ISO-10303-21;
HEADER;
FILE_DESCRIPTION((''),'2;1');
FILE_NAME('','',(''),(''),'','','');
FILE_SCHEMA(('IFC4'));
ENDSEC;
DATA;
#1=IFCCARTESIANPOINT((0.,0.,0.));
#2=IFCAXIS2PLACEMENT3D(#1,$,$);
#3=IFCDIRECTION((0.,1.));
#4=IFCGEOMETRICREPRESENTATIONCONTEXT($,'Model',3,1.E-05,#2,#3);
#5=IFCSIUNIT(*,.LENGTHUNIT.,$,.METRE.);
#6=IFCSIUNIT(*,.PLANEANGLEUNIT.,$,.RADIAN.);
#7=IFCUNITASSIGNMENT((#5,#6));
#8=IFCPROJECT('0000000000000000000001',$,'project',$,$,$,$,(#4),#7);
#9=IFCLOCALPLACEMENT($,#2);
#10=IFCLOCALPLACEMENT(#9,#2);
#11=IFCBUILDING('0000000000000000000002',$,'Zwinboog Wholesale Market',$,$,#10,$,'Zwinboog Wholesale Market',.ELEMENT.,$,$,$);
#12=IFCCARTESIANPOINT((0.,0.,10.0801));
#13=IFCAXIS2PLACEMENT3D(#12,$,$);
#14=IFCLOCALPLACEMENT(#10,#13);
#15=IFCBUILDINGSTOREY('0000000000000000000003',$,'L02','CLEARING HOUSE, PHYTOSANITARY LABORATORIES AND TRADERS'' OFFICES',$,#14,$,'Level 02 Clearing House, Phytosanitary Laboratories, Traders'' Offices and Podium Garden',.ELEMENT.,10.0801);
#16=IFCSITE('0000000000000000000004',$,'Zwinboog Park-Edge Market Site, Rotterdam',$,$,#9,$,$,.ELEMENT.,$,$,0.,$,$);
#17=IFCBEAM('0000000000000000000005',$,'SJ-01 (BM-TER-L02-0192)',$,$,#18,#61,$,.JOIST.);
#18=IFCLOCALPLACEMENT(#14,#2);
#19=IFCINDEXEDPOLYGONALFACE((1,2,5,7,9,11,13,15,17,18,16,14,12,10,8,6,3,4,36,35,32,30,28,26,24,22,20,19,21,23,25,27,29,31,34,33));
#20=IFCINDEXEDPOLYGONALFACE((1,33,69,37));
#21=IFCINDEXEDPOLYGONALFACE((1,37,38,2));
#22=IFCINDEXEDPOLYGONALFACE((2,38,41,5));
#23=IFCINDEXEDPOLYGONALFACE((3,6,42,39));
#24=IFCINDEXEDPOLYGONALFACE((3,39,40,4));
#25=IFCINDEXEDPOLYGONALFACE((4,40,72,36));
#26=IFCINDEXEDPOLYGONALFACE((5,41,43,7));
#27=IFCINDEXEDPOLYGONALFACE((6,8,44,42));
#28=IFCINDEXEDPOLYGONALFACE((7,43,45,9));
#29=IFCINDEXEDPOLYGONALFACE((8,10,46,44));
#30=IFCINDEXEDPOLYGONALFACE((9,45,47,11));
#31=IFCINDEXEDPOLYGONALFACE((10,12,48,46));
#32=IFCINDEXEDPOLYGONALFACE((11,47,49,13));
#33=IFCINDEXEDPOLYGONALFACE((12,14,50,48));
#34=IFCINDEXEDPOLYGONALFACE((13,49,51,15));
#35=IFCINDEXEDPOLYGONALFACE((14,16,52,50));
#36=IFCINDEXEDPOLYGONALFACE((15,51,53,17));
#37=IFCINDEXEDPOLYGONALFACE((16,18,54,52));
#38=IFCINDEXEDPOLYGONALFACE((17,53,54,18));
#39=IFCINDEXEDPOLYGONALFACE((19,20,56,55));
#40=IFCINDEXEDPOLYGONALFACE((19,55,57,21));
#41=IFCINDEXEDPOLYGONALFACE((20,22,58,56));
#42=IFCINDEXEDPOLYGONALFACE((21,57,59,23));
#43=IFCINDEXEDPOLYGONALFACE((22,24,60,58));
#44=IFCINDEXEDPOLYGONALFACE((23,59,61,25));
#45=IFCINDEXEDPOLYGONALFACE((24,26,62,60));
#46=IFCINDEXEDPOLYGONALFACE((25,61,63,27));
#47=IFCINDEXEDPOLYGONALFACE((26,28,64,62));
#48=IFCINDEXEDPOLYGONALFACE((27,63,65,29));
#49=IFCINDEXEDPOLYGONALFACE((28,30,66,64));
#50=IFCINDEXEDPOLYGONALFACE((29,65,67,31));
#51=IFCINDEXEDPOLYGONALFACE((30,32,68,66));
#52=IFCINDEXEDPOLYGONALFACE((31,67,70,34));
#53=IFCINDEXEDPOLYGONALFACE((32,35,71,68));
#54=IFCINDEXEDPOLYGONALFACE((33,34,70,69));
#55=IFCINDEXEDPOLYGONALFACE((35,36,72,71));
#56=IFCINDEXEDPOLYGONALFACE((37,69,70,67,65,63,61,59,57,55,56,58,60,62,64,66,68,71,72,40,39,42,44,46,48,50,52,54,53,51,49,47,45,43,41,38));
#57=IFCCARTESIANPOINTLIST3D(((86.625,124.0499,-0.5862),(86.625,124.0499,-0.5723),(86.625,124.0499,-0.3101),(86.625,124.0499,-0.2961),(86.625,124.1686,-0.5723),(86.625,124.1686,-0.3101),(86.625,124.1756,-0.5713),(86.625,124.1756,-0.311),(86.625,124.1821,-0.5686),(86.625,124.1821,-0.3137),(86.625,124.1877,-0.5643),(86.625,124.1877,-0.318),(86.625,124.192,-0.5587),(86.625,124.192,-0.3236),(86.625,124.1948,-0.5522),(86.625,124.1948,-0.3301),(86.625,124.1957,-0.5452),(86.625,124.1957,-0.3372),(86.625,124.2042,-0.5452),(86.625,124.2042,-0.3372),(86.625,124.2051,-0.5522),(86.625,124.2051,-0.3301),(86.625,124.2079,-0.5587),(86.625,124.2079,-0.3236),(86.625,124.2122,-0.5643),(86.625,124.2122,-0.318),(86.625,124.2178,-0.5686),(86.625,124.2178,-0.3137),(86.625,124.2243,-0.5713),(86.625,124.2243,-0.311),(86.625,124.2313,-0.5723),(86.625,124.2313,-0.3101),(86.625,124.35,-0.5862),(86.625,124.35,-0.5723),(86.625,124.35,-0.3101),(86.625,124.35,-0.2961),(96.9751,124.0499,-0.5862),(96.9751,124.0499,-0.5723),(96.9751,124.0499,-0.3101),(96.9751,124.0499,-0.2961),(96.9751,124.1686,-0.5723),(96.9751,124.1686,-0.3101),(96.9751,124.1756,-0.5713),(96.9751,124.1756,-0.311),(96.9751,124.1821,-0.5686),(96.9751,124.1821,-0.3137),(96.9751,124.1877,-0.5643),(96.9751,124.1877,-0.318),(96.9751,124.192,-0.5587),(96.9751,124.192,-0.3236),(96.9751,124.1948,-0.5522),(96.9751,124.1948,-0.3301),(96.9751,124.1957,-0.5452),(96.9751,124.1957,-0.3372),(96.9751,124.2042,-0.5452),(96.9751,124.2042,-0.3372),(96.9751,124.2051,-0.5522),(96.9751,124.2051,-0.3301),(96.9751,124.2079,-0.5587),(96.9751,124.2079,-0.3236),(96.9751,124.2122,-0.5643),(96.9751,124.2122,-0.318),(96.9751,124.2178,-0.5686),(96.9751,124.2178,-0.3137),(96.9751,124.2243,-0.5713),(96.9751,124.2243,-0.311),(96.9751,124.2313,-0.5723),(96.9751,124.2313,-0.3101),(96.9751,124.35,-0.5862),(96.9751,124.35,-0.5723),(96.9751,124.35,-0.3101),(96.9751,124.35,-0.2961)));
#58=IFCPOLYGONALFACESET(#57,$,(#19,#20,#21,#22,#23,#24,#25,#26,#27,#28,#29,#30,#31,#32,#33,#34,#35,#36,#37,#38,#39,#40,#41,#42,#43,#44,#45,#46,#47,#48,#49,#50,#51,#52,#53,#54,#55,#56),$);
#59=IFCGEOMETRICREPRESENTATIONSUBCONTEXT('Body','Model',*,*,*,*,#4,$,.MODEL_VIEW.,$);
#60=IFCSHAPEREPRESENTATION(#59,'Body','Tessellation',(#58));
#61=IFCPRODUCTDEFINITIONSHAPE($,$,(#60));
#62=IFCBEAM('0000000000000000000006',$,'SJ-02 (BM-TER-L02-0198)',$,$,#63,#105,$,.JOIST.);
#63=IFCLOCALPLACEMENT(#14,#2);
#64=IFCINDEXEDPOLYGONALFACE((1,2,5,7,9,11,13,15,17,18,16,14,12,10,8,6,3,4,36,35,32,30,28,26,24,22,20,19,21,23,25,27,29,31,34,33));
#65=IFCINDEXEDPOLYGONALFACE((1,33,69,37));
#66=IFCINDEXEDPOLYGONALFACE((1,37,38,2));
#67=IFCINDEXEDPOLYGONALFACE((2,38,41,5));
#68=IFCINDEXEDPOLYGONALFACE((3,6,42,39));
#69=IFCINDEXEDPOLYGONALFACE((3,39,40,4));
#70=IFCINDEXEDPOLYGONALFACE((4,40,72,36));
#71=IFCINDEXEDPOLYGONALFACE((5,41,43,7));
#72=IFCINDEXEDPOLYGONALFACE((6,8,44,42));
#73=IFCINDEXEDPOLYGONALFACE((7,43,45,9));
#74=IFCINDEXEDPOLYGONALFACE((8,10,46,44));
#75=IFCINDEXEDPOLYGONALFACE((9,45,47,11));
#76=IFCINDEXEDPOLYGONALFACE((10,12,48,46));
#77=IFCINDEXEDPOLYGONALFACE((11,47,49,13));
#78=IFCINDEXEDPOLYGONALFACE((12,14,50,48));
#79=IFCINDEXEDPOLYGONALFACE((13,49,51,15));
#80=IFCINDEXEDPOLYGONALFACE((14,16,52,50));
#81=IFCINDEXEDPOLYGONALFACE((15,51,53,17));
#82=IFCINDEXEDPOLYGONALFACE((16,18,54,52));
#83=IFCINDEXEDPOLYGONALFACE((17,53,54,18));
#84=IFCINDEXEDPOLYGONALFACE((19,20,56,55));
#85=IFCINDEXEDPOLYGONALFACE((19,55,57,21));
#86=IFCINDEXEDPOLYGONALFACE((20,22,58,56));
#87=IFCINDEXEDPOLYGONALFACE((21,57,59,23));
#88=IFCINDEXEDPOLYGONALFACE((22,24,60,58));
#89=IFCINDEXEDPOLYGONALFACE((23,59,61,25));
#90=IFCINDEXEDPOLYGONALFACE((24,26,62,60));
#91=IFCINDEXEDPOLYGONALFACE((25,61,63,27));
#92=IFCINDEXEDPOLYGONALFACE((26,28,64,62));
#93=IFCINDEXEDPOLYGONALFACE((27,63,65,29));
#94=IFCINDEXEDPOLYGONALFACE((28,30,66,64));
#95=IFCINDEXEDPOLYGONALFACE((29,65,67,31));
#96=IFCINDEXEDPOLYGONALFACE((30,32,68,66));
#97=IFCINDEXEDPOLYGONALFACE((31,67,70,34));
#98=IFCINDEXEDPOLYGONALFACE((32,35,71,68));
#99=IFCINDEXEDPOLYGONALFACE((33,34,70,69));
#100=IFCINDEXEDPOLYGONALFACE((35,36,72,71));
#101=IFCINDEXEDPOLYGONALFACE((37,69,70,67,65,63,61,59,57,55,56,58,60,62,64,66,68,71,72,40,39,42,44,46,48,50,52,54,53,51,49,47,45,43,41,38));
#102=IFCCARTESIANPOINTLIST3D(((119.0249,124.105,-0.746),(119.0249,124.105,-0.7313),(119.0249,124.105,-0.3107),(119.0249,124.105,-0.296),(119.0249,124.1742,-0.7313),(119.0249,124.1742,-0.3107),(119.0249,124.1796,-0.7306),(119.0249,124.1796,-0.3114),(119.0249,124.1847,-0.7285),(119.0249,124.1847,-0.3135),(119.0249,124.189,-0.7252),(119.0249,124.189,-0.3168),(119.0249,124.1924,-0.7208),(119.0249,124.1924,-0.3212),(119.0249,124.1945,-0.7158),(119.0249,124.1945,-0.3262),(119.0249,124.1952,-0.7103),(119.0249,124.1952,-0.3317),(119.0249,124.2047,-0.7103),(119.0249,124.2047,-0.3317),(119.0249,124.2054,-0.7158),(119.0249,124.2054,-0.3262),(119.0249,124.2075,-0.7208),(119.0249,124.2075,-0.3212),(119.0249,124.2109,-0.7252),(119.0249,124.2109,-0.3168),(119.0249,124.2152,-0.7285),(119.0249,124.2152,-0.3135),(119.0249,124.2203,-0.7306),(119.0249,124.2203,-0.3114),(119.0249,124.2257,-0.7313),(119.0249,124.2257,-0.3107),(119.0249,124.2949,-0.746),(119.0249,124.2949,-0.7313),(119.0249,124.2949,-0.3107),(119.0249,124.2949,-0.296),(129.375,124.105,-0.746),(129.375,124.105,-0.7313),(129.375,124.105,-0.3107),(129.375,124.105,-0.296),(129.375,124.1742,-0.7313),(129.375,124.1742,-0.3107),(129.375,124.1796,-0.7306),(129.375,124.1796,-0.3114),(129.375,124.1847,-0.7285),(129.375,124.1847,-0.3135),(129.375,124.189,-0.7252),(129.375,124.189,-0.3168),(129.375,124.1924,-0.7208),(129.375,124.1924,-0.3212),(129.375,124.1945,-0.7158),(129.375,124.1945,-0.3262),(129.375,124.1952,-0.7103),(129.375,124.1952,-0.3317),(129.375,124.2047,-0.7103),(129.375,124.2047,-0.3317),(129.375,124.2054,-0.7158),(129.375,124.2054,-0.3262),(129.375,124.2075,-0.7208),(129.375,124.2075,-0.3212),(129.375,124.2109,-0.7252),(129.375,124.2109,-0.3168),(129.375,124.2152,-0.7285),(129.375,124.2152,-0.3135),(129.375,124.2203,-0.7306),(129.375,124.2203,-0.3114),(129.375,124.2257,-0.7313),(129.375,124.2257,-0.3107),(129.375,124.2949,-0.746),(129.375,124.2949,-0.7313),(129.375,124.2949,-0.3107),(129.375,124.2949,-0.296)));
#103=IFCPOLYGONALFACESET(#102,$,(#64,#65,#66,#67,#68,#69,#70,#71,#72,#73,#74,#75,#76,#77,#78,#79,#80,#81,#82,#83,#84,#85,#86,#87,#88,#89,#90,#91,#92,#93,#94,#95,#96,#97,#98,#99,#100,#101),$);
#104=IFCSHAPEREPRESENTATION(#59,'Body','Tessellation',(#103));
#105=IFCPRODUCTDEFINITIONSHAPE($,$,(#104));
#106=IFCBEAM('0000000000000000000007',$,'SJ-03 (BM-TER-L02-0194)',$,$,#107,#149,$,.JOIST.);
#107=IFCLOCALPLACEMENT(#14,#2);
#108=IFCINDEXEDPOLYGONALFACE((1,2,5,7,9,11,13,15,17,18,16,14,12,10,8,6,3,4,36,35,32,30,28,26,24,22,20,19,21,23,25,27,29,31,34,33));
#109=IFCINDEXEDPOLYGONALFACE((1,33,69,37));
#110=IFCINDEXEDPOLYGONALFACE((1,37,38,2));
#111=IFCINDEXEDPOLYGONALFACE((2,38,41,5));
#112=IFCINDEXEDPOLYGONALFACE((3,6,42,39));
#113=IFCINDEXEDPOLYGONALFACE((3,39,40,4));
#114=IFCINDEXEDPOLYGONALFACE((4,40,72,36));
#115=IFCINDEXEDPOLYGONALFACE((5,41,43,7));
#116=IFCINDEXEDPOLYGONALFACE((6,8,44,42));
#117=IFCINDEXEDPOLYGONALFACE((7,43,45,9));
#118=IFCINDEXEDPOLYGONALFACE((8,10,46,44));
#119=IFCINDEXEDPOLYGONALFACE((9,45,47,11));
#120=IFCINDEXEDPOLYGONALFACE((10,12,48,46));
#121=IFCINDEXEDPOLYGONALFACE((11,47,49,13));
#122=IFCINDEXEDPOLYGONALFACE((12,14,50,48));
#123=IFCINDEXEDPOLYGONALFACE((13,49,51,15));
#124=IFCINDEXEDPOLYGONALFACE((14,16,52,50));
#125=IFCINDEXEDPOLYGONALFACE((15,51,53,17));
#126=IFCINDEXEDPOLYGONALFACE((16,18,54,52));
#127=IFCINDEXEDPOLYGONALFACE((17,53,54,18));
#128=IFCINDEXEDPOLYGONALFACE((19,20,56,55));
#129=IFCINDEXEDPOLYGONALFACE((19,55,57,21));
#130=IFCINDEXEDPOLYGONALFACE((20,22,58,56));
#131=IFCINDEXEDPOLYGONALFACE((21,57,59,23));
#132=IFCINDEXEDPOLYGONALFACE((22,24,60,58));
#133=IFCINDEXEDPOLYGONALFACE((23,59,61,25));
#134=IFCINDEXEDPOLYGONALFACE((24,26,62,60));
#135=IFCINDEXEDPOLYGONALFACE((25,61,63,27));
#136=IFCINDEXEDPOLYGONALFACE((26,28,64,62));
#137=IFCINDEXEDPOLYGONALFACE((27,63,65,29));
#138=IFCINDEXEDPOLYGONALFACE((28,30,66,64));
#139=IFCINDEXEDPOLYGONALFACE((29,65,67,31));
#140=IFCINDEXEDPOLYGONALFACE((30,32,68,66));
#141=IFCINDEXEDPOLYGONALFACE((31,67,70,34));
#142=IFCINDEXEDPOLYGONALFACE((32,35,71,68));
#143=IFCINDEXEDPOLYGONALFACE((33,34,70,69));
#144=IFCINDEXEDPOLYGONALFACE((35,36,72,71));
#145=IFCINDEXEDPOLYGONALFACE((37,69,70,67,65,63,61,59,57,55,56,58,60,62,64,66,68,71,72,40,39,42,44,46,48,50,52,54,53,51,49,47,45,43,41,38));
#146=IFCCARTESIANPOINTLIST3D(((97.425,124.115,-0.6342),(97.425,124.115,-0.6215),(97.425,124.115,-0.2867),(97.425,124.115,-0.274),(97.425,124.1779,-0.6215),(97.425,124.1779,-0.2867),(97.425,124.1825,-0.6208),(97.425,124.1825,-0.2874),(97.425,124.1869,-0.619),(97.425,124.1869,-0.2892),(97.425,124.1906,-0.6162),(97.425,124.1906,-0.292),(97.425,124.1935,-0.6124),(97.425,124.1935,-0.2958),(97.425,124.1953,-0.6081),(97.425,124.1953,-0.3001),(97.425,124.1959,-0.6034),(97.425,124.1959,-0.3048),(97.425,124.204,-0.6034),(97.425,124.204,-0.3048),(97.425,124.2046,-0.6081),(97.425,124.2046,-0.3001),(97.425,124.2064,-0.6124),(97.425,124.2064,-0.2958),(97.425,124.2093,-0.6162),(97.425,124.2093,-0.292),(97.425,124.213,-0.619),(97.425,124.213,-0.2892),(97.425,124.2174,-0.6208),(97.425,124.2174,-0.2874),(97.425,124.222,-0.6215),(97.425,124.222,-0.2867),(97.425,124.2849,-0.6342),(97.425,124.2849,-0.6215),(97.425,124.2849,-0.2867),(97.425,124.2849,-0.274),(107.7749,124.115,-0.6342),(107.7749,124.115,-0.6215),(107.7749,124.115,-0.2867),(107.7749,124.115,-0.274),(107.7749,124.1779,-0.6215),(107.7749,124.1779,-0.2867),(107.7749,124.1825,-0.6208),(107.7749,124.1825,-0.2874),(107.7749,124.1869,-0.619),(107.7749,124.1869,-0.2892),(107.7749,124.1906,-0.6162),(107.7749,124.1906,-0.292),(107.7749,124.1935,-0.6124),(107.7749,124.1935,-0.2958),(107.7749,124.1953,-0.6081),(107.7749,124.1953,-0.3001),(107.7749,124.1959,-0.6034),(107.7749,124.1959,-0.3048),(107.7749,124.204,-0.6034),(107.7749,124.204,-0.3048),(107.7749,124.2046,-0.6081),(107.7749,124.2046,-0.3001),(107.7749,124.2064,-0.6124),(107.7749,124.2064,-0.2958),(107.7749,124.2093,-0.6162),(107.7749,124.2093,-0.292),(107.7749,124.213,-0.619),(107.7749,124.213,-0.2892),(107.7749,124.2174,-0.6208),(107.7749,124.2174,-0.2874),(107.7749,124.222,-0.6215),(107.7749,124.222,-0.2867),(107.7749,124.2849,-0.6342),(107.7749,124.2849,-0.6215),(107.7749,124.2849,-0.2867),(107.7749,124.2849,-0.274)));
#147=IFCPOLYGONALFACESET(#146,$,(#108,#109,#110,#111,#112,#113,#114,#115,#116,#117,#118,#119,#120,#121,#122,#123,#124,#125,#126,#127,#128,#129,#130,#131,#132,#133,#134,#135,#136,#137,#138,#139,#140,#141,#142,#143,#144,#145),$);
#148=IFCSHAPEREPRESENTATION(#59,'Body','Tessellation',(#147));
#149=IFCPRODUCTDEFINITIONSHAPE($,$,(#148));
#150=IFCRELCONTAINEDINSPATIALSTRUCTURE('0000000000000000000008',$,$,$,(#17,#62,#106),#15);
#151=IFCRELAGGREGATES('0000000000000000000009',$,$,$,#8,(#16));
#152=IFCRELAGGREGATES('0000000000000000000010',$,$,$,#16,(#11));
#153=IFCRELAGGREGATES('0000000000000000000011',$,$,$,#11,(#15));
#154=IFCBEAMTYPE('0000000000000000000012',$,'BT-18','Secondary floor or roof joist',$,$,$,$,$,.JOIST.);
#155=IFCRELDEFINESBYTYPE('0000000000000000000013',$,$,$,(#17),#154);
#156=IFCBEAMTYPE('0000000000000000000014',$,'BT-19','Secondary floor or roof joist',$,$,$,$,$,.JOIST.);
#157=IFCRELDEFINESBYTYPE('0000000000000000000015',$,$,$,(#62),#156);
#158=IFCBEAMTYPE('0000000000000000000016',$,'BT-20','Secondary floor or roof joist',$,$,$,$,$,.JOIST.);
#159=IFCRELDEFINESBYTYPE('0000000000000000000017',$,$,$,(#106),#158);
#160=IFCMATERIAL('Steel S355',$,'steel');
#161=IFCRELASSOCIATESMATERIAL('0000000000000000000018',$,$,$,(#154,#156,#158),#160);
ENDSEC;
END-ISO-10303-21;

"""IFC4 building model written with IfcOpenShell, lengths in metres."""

from ifc_helpers import new_model, si_unit, direction, frame, origin, origin_2d, place, context, subcontext, project, spatial, i_section, extrude, material, material_profile, profile_set, type_object, element, save


model = new_model("IFC4")

# Units and contexts
model_context = context("Model", 3, precision=1e-05, world=origin(), true_north=direction((0.0, 1.0)))
body_context = subcontext(model_context, "Body", "Model", "MODEL_VIEW")
ifc_project = project(units=[si_unit("LENGTHUNIT", "METRE"), si_unit("PLANEANGLEUNIT", "RADIAN")], contexts=[model_context])

# Site, building, storey
site_placement = place(None, origin())
site = spatial("IfcSite", under=ifc_project, at=site_placement, Name="Zwinboog Park-Edge Market Site, Rotterdam", CompositionType="ELEMENT", RefElevation=0.0)
building_placement = place(site_placement, origin())
building = spatial("IfcBuilding", under=site, at=building_placement, Name="Zwinboog Wholesale Market", LongName="Zwinboog Wholesale Market", CompositionType="ELEMENT")
storey_placement = place(building_placement, frame((0.0, 0.0, 10.0801)))
storey = spatial("IfcBuildingStorey", under=building, at=storey_placement, Name="L02", Description="CLEARING HOUSE, PHYTOSANITARY LABORATORIES AND TRADERS' OFFICES", LongName="Level 02 Clearing House, Phytosanitary Laboratories, Traders' Offices and Podium Garden", CompositionType="ELEMENT", Elevation=10.0801)

# Beams
ifc_material_1 = material(Name="Steel S355", Category="steel")
ifc_material_profile_1 = material_profile(ifc_material_1, i_section(OverallWidth=0.3, OverallDepth=0.29, WebThickness=0.0085, FlangeThickness=0.0139, FilletRadius=0.0271, at=origin_2d()), Name="HEA 300")
ifc_profile_set_1 = profile_set([ifc_material_profile_1], Name="Steel S355")
beam_type_1 = type_object("IfcBeamType", Name="BT-18", Description="Secondary floor or roof joist", PredefinedType="JOIST", material=ifc_profile_set_1)
beam_1_placement = place(storey_placement, frame((86.625, 124.2, -0.4412), z_axis=(1.0, 0.0, 0.0), x_axis=(0.0, 1.0, 0.0)))
element("IfcBeam", 1, at=beam_1_placement, inside=storey, type_object=beam_type_1, Name="SJ-01 (BM-TER-L02-0192)", PredefinedType="JOIST", context=body_context, shape_type="SweptSolid", body=[
    extrude(i_section(OverallWidth=0.3, OverallDepth=0.29, WebThickness=0.0085, FlangeThickness=0.0139, FilletRadius=0.0271, at=origin_2d()), origin(), (0.0, 0.0, 1.0), 10.3501),
])
ifc_material_profile_2 = material_profile(ifc_material_1, i_section(OverallWidth=0.1899, OverallDepth=0.45, WebThickness=0.0095, FlangeThickness=0.0146, FilletRadius=0.021, at=origin_2d()), Name="IPE 450")
ifc_profile_set_2 = profile_set([ifc_material_profile_2], Name="Steel S355")
beam_type_2 = type_object("IfcBeamType", Name="BT-19", Description="Secondary floor or roof joist", PredefinedType="JOIST", material=ifc_profile_set_2)
beam_2_placement = place(storey_placement, frame((119.0249, 124.2, -0.521), z_axis=(1.0, 0.0, 0.0), x_axis=(0.0, 1.0, 0.0)))
element("IfcBeam", 2, at=beam_2_placement, inside=storey, type_object=beam_type_2, Name="SJ-02 (BM-TER-L02-0198)", PredefinedType="JOIST", context=body_context, shape_type="SweptSolid", body=[
    extrude(i_section(OverallWidth=0.1899, OverallDepth=0.45, WebThickness=0.0095, FlangeThickness=0.0146, FilletRadius=0.021, at=origin_2d()), origin(), (0.0, 0.0, 1.0), 10.3501),
])
ifc_material_profile_3 = material_profile(ifc_material_1, i_section(OverallWidth=0.1699, OverallDepth=0.3601, WebThickness=0.0081, FlangeThickness=0.0127, FilletRadius=0.0181, at=origin_2d()), Name="IPE 360")
ifc_profile_set_3 = profile_set([ifc_material_profile_3], Name="Steel S355")
beam_type_3 = type_object("IfcBeamType", Name="BT-20", Description="Secondary floor or roof joist", PredefinedType="JOIST", material=ifc_profile_set_3)
beam_3_placement = place(storey_placement, frame((97.425, 124.2, -0.4541), z_axis=(1.0, 0.0, 0.0), x_axis=(0.0, 1.0, 0.0)))
element("IfcBeam", 3, at=beam_3_placement, inside=storey, type_object=beam_type_3, Name="SJ-03 (BM-TER-L02-0194)", PredefinedType="JOIST", context=body_context, shape_type="SweptSolid", body=[
    extrude(i_section(OverallWidth=0.1699, OverallDepth=0.3601, WebThickness=0.0081, FlangeThickness=0.0127, FilletRadius=0.0181, at=origin_2d()), origin(), (0.0, 0.0, 1.0), 10.3499),
])

save(model, "model.ifc")
